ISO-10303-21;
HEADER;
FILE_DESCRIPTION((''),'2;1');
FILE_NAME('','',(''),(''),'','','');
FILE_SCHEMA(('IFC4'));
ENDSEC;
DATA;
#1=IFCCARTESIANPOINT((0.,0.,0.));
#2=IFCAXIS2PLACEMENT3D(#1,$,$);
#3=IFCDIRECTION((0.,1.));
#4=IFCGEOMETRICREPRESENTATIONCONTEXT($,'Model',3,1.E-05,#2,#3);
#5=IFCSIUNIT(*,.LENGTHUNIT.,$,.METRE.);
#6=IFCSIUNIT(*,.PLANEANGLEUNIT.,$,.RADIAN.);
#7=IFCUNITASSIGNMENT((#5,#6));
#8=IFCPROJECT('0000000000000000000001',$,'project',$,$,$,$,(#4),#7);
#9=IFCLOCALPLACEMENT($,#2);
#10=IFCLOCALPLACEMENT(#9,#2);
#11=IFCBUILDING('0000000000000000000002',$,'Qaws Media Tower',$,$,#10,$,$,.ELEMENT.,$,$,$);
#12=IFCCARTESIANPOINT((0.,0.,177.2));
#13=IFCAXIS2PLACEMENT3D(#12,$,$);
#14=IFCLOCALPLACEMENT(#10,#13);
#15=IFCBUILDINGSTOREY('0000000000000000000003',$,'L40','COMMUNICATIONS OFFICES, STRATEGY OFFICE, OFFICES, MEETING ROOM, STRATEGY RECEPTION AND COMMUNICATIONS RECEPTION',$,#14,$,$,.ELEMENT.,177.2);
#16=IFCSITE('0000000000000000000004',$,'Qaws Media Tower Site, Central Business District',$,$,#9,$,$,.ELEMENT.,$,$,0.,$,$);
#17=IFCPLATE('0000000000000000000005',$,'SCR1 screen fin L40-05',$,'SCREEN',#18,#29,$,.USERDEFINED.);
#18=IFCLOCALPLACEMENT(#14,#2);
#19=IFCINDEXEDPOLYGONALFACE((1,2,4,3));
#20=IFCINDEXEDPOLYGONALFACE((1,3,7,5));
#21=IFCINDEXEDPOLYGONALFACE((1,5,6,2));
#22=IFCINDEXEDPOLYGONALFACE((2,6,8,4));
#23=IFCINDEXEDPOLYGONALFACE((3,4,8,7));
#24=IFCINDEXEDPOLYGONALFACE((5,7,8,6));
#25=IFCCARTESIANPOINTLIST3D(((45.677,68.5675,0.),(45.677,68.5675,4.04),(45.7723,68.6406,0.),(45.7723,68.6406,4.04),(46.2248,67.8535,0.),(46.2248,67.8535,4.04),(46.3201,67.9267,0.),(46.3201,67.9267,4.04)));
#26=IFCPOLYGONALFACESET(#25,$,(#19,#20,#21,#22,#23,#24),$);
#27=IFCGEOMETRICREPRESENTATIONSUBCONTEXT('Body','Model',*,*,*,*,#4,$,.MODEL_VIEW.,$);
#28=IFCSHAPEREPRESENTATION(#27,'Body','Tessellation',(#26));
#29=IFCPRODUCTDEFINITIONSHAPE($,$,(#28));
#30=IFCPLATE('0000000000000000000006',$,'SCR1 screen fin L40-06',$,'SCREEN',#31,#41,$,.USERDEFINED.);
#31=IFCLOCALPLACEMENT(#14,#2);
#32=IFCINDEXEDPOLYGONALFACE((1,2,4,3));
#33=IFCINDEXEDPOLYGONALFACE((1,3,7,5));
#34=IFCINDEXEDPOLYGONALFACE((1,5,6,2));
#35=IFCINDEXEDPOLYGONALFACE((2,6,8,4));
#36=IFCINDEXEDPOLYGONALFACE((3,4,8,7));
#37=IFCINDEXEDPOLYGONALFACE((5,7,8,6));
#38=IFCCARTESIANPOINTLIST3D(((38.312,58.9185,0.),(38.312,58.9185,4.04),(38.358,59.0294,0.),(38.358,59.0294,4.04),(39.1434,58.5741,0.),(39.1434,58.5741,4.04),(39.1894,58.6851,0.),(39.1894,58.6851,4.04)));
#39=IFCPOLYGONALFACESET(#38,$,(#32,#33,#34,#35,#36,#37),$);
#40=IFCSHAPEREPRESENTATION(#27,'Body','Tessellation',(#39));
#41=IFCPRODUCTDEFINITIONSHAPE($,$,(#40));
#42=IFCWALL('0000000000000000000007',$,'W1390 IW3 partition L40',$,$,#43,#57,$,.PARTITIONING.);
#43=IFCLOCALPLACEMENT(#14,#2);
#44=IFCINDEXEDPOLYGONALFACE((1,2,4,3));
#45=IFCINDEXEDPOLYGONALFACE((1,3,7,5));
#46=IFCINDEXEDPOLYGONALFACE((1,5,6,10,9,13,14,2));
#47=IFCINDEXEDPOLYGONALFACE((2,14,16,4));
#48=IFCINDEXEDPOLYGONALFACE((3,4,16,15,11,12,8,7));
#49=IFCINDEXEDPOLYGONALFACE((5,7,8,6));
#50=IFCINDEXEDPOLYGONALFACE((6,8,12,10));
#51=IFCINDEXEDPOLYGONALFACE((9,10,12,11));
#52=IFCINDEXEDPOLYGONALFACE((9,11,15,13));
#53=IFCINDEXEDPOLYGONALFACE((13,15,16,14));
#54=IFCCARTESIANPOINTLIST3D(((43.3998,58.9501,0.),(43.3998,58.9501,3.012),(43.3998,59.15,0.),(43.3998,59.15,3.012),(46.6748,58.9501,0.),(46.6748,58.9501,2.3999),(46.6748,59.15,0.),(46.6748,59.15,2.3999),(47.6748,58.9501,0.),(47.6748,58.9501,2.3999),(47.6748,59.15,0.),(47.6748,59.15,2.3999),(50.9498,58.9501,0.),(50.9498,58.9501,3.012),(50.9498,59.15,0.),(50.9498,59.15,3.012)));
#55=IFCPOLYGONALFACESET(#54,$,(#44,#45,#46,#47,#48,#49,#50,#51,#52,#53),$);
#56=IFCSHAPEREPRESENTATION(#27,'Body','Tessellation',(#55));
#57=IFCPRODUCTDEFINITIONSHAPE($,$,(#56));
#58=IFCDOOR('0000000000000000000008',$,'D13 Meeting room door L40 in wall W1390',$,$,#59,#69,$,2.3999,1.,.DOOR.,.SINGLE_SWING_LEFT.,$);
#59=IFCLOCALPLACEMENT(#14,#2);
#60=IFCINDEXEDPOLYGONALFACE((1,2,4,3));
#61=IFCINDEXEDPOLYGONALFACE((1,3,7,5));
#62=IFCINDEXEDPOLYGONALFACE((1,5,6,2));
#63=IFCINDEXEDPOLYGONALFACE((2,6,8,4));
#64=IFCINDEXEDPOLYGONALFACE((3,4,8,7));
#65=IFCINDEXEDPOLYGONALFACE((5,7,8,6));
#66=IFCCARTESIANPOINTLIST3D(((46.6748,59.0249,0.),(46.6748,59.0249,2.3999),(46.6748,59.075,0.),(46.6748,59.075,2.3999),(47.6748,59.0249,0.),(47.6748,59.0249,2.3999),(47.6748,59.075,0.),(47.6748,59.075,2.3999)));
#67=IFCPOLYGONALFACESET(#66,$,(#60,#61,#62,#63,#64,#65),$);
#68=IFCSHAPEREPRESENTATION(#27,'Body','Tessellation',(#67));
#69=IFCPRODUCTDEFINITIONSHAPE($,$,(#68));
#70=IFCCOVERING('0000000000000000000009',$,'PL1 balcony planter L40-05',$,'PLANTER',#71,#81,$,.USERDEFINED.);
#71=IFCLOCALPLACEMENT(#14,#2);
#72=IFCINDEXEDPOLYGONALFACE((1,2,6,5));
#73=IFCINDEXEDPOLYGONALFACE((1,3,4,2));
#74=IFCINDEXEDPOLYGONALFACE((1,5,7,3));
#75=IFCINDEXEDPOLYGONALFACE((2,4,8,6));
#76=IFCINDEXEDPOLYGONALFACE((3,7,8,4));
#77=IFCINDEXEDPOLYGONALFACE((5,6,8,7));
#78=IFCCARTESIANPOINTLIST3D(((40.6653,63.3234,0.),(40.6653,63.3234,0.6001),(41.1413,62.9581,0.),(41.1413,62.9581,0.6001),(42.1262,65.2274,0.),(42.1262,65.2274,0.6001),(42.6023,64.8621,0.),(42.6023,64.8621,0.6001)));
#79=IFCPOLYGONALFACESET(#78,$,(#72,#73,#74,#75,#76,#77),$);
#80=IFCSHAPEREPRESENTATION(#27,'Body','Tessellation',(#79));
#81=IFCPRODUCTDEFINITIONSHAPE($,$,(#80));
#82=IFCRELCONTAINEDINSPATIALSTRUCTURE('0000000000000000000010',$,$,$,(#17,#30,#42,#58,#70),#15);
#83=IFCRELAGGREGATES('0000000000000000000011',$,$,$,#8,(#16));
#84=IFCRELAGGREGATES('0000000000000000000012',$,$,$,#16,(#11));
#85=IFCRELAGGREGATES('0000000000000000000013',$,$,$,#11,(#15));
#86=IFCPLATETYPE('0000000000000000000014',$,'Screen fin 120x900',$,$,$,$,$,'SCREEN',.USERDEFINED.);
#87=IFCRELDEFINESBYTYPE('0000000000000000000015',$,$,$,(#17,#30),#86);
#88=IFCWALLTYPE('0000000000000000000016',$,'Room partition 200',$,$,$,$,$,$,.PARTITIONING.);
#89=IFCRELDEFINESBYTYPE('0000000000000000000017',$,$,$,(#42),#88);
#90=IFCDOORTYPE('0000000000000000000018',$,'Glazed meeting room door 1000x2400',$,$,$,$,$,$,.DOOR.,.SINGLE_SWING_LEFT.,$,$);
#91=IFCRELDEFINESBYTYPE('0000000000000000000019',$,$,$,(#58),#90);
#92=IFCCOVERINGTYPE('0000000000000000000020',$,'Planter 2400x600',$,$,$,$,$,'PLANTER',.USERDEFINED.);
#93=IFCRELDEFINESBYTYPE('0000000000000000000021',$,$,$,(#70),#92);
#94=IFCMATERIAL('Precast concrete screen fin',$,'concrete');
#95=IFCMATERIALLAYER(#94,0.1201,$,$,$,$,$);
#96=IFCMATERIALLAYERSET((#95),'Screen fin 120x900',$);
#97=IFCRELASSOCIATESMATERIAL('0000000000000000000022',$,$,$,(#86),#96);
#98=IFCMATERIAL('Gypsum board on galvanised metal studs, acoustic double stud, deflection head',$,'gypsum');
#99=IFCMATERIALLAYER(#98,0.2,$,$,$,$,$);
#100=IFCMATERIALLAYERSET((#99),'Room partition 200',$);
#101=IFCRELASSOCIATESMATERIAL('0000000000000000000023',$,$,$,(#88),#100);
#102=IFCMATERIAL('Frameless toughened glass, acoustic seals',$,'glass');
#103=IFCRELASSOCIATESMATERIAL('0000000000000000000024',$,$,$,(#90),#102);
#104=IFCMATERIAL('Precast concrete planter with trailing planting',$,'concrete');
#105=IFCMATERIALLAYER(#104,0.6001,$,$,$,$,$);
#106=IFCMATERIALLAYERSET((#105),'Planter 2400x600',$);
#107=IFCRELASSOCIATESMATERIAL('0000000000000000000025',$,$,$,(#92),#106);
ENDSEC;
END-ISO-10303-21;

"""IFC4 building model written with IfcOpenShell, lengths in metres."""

from ifc_helpers import new_model, si_unit, direction, frame, frame_2d, origin, origin_2d, place, context, subcontext, project, spatial, rectangle, extrude, material, layer, layer_set, type_object, element, fill, save


model = new_model("IFC4")

# Units and contexts
model_context = context("Model", 3, precision=1e-05, world=origin(), true_north=direction((0.0, 1.0)))
body_context = subcontext(model_context, "Body", "Model", "MODEL_VIEW")
ifc_project = project(units=[si_unit("LENGTHUNIT", "METRE"), si_unit("PLANEANGLEUNIT", "RADIAN")], contexts=[model_context])

# Site, building, storey
site_placement = place(None, origin())
site = spatial("IfcSite", under=ifc_project, at=site_placement, Name="Qaws Media Tower Site, Central Business District", CompositionType="ELEMENT", RefElevation=0.0)
building_placement = place(site_placement, origin())
building = spatial("IfcBuilding", under=site, at=building_placement, Name="Qaws Media Tower", CompositionType="ELEMENT")
storey_placement = place(building_placement, frame((0.0, 0.0, 177.2)))
storey = spatial("IfcBuildingStorey", under=building, at=storey_placement, Name="L40", Description="COMMUNICATIONS OFFICES, STRATEGY OFFICE, OFFICES, MEETING ROOM, STRATEGY RECEPTION AND COMMUNICATIONS RECEPTION", CompositionType="ELEMENT", Elevation=177.2)

# Plates
ifc_material_1 = material(Name="Precast concrete screen fin", Category="concrete")
ifc_layer_1 = layer(ifc_material_1, 0.1201)
ifc_layer_set_1 = layer_set([ifc_layer_1], Name="Screen fin 120x900")
plate_type_1 = type_object("IfcPlateType", Name="Screen fin 120x900", ElementType="SCREEN", PredefinedType="USERDEFINED", material=ifc_layer_set_1)
for number, where, z_axis, x_axis, name in (
    (1, (45.9985, 68.2471, 0.0), (0.0, 0.0, 1.0), (-0.608761, 0.793353, 0.0), "SCR1 screen fin L40-05"),
    (2, (38.7507, 58.8018, 0.0), (0.0, 0.0, 1.0), (-0.92388, 0.382683, 0.0), "SCR1 screen fin L40-06"),
):
    element("IfcPlate", number, at=place(storey_placement, frame(where, z_axis=z_axis, x_axis=x_axis)), inside=storey, type_object=plate_type_1, Name=name, ObjectType="SCREEN", PredefinedType="USERDEFINED", context=body_context, shape_type="SweptSolid", body=[
        extrude(rectangle(XDim=0.8999, YDim=0.1201, at=origin_2d()), origin(), (0.0, 0.0, 1.0), 4.04),
    ])

# Wall, opening, door
ifc_material_2 = material(Name="Gypsum board on galvanised metal studs, acoustic double stud, deflection head", Category="gypsum")
ifc_layer_2 = layer(ifc_material_2, 0.2)
ifc_layer_set_2 = layer_set([ifc_layer_2], Name="Room partition 200")
wall_type = type_object("IfcWallType", Name="Room partition 200", PredefinedType="PARTITIONING", material=ifc_layer_set_2)
wall_placement = place(storey_placement, frame((43.3999, 59.05, 0.0), z_axis=(0.0, 0.0, 1.0), x_axis=(1.0, 0.0, 0.0)))
wall = element("IfcWall", 3, at=wall_placement, inside=storey, type_object=wall_type, Name="W1390 IW3 partition L40", PredefinedType="PARTITIONING", context=body_context, shape_type="SweptSolid", body=[
    extrude(rectangle(XDim=7.55, YDim=0.2, at=frame_2d((3.7749, 0.0))), origin(), (0.0, 0.0, 1.0), 3.012),
])
opening_placement = place(wall_placement, frame((3.2749, 0.0, 0.0)))
opening = element("IfcOpeningElement", 4, at=opening_placement, cuts=wall, PredefinedType="OPENING", context=body_context, shape_type="SweptSolid", body=[
    extrude(rectangle(XDim=1.0, YDim=2.3999, at=frame_2d((0.5, 1.2))), frame((0.0, 0.1099, 0.0), z_axis=(0.0, -1.0, 0.0), x_axis=(1.0, 0.0, 0.0)), (0.0, 0.0, 1.0), 0.22),
])
ifc_material_3 = material(Name="Frameless toughened glass, acoustic seals", Category="glass")
door_type = type_object("IfcDoorType", Name="Glazed meeting room door 1000x2400", OperationType="SINGLE_SWING_LEFT", PredefinedType="DOOR", material=ifc_material_3)
door_placement = place(opening_placement, origin())
door = element("IfcDoor", 5, at=door_placement, inside=storey, type_object=door_type, Name="D13 Meeting room door L40 in wall W1390", OperationType="SINGLE_SWING_LEFT", OverallHeight=2.3999, OverallWidth=1.0, PredefinedType="DOOR", context=body_context, shape_type="SweptSolid", body=[
    extrude(rectangle(XDim=1.0, YDim=2.3999, at=frame_2d((0.5, 1.2))), frame((0.0, 0.0249, 0.0), z_axis=(0.0, -1.0, 0.0), x_axis=(1.0, 0.0, 0.0)), (0.0, 0.0, 1.0), 0.05),
])
fill(opening, door)

# Covering
ifc_material_4 = material(Name="Precast concrete planter with trailing planting", Category="concrete")
ifc_layer_3 = layer(ifc_material_4, 0.6001)
ifc_layer_set_3 = layer_set([ifc_layer_3], Name="Planter 2400x600")
covering_type = type_object("IfcCoveringType", Name="Planter 2400x600", ElementType="PLANTER", PredefinedType="USERDEFINED", material=ifc_layer_set_3)
covering_placement = place(storey_placement, frame((41.6338, 64.0928, 0.0), z_axis=(0.0, 0.0, 1.0), x_axis=(-0.608761, -0.793353, 0.0)))
element("IfcCovering", 6, at=covering_placement, inside=storey, type_object=covering_type, Name="PL1 balcony planter L40-05", ObjectType="PLANTER", PredefinedType="USERDEFINED", context=body_context, shape_type="SweptSolid", body=[
    extrude(rectangle(XDim=2.3999, YDim=0.6001, at=origin_2d()), origin(), (0.0, 0.0, 1.0), 0.6001),
])

save(model, "model.ifc")
